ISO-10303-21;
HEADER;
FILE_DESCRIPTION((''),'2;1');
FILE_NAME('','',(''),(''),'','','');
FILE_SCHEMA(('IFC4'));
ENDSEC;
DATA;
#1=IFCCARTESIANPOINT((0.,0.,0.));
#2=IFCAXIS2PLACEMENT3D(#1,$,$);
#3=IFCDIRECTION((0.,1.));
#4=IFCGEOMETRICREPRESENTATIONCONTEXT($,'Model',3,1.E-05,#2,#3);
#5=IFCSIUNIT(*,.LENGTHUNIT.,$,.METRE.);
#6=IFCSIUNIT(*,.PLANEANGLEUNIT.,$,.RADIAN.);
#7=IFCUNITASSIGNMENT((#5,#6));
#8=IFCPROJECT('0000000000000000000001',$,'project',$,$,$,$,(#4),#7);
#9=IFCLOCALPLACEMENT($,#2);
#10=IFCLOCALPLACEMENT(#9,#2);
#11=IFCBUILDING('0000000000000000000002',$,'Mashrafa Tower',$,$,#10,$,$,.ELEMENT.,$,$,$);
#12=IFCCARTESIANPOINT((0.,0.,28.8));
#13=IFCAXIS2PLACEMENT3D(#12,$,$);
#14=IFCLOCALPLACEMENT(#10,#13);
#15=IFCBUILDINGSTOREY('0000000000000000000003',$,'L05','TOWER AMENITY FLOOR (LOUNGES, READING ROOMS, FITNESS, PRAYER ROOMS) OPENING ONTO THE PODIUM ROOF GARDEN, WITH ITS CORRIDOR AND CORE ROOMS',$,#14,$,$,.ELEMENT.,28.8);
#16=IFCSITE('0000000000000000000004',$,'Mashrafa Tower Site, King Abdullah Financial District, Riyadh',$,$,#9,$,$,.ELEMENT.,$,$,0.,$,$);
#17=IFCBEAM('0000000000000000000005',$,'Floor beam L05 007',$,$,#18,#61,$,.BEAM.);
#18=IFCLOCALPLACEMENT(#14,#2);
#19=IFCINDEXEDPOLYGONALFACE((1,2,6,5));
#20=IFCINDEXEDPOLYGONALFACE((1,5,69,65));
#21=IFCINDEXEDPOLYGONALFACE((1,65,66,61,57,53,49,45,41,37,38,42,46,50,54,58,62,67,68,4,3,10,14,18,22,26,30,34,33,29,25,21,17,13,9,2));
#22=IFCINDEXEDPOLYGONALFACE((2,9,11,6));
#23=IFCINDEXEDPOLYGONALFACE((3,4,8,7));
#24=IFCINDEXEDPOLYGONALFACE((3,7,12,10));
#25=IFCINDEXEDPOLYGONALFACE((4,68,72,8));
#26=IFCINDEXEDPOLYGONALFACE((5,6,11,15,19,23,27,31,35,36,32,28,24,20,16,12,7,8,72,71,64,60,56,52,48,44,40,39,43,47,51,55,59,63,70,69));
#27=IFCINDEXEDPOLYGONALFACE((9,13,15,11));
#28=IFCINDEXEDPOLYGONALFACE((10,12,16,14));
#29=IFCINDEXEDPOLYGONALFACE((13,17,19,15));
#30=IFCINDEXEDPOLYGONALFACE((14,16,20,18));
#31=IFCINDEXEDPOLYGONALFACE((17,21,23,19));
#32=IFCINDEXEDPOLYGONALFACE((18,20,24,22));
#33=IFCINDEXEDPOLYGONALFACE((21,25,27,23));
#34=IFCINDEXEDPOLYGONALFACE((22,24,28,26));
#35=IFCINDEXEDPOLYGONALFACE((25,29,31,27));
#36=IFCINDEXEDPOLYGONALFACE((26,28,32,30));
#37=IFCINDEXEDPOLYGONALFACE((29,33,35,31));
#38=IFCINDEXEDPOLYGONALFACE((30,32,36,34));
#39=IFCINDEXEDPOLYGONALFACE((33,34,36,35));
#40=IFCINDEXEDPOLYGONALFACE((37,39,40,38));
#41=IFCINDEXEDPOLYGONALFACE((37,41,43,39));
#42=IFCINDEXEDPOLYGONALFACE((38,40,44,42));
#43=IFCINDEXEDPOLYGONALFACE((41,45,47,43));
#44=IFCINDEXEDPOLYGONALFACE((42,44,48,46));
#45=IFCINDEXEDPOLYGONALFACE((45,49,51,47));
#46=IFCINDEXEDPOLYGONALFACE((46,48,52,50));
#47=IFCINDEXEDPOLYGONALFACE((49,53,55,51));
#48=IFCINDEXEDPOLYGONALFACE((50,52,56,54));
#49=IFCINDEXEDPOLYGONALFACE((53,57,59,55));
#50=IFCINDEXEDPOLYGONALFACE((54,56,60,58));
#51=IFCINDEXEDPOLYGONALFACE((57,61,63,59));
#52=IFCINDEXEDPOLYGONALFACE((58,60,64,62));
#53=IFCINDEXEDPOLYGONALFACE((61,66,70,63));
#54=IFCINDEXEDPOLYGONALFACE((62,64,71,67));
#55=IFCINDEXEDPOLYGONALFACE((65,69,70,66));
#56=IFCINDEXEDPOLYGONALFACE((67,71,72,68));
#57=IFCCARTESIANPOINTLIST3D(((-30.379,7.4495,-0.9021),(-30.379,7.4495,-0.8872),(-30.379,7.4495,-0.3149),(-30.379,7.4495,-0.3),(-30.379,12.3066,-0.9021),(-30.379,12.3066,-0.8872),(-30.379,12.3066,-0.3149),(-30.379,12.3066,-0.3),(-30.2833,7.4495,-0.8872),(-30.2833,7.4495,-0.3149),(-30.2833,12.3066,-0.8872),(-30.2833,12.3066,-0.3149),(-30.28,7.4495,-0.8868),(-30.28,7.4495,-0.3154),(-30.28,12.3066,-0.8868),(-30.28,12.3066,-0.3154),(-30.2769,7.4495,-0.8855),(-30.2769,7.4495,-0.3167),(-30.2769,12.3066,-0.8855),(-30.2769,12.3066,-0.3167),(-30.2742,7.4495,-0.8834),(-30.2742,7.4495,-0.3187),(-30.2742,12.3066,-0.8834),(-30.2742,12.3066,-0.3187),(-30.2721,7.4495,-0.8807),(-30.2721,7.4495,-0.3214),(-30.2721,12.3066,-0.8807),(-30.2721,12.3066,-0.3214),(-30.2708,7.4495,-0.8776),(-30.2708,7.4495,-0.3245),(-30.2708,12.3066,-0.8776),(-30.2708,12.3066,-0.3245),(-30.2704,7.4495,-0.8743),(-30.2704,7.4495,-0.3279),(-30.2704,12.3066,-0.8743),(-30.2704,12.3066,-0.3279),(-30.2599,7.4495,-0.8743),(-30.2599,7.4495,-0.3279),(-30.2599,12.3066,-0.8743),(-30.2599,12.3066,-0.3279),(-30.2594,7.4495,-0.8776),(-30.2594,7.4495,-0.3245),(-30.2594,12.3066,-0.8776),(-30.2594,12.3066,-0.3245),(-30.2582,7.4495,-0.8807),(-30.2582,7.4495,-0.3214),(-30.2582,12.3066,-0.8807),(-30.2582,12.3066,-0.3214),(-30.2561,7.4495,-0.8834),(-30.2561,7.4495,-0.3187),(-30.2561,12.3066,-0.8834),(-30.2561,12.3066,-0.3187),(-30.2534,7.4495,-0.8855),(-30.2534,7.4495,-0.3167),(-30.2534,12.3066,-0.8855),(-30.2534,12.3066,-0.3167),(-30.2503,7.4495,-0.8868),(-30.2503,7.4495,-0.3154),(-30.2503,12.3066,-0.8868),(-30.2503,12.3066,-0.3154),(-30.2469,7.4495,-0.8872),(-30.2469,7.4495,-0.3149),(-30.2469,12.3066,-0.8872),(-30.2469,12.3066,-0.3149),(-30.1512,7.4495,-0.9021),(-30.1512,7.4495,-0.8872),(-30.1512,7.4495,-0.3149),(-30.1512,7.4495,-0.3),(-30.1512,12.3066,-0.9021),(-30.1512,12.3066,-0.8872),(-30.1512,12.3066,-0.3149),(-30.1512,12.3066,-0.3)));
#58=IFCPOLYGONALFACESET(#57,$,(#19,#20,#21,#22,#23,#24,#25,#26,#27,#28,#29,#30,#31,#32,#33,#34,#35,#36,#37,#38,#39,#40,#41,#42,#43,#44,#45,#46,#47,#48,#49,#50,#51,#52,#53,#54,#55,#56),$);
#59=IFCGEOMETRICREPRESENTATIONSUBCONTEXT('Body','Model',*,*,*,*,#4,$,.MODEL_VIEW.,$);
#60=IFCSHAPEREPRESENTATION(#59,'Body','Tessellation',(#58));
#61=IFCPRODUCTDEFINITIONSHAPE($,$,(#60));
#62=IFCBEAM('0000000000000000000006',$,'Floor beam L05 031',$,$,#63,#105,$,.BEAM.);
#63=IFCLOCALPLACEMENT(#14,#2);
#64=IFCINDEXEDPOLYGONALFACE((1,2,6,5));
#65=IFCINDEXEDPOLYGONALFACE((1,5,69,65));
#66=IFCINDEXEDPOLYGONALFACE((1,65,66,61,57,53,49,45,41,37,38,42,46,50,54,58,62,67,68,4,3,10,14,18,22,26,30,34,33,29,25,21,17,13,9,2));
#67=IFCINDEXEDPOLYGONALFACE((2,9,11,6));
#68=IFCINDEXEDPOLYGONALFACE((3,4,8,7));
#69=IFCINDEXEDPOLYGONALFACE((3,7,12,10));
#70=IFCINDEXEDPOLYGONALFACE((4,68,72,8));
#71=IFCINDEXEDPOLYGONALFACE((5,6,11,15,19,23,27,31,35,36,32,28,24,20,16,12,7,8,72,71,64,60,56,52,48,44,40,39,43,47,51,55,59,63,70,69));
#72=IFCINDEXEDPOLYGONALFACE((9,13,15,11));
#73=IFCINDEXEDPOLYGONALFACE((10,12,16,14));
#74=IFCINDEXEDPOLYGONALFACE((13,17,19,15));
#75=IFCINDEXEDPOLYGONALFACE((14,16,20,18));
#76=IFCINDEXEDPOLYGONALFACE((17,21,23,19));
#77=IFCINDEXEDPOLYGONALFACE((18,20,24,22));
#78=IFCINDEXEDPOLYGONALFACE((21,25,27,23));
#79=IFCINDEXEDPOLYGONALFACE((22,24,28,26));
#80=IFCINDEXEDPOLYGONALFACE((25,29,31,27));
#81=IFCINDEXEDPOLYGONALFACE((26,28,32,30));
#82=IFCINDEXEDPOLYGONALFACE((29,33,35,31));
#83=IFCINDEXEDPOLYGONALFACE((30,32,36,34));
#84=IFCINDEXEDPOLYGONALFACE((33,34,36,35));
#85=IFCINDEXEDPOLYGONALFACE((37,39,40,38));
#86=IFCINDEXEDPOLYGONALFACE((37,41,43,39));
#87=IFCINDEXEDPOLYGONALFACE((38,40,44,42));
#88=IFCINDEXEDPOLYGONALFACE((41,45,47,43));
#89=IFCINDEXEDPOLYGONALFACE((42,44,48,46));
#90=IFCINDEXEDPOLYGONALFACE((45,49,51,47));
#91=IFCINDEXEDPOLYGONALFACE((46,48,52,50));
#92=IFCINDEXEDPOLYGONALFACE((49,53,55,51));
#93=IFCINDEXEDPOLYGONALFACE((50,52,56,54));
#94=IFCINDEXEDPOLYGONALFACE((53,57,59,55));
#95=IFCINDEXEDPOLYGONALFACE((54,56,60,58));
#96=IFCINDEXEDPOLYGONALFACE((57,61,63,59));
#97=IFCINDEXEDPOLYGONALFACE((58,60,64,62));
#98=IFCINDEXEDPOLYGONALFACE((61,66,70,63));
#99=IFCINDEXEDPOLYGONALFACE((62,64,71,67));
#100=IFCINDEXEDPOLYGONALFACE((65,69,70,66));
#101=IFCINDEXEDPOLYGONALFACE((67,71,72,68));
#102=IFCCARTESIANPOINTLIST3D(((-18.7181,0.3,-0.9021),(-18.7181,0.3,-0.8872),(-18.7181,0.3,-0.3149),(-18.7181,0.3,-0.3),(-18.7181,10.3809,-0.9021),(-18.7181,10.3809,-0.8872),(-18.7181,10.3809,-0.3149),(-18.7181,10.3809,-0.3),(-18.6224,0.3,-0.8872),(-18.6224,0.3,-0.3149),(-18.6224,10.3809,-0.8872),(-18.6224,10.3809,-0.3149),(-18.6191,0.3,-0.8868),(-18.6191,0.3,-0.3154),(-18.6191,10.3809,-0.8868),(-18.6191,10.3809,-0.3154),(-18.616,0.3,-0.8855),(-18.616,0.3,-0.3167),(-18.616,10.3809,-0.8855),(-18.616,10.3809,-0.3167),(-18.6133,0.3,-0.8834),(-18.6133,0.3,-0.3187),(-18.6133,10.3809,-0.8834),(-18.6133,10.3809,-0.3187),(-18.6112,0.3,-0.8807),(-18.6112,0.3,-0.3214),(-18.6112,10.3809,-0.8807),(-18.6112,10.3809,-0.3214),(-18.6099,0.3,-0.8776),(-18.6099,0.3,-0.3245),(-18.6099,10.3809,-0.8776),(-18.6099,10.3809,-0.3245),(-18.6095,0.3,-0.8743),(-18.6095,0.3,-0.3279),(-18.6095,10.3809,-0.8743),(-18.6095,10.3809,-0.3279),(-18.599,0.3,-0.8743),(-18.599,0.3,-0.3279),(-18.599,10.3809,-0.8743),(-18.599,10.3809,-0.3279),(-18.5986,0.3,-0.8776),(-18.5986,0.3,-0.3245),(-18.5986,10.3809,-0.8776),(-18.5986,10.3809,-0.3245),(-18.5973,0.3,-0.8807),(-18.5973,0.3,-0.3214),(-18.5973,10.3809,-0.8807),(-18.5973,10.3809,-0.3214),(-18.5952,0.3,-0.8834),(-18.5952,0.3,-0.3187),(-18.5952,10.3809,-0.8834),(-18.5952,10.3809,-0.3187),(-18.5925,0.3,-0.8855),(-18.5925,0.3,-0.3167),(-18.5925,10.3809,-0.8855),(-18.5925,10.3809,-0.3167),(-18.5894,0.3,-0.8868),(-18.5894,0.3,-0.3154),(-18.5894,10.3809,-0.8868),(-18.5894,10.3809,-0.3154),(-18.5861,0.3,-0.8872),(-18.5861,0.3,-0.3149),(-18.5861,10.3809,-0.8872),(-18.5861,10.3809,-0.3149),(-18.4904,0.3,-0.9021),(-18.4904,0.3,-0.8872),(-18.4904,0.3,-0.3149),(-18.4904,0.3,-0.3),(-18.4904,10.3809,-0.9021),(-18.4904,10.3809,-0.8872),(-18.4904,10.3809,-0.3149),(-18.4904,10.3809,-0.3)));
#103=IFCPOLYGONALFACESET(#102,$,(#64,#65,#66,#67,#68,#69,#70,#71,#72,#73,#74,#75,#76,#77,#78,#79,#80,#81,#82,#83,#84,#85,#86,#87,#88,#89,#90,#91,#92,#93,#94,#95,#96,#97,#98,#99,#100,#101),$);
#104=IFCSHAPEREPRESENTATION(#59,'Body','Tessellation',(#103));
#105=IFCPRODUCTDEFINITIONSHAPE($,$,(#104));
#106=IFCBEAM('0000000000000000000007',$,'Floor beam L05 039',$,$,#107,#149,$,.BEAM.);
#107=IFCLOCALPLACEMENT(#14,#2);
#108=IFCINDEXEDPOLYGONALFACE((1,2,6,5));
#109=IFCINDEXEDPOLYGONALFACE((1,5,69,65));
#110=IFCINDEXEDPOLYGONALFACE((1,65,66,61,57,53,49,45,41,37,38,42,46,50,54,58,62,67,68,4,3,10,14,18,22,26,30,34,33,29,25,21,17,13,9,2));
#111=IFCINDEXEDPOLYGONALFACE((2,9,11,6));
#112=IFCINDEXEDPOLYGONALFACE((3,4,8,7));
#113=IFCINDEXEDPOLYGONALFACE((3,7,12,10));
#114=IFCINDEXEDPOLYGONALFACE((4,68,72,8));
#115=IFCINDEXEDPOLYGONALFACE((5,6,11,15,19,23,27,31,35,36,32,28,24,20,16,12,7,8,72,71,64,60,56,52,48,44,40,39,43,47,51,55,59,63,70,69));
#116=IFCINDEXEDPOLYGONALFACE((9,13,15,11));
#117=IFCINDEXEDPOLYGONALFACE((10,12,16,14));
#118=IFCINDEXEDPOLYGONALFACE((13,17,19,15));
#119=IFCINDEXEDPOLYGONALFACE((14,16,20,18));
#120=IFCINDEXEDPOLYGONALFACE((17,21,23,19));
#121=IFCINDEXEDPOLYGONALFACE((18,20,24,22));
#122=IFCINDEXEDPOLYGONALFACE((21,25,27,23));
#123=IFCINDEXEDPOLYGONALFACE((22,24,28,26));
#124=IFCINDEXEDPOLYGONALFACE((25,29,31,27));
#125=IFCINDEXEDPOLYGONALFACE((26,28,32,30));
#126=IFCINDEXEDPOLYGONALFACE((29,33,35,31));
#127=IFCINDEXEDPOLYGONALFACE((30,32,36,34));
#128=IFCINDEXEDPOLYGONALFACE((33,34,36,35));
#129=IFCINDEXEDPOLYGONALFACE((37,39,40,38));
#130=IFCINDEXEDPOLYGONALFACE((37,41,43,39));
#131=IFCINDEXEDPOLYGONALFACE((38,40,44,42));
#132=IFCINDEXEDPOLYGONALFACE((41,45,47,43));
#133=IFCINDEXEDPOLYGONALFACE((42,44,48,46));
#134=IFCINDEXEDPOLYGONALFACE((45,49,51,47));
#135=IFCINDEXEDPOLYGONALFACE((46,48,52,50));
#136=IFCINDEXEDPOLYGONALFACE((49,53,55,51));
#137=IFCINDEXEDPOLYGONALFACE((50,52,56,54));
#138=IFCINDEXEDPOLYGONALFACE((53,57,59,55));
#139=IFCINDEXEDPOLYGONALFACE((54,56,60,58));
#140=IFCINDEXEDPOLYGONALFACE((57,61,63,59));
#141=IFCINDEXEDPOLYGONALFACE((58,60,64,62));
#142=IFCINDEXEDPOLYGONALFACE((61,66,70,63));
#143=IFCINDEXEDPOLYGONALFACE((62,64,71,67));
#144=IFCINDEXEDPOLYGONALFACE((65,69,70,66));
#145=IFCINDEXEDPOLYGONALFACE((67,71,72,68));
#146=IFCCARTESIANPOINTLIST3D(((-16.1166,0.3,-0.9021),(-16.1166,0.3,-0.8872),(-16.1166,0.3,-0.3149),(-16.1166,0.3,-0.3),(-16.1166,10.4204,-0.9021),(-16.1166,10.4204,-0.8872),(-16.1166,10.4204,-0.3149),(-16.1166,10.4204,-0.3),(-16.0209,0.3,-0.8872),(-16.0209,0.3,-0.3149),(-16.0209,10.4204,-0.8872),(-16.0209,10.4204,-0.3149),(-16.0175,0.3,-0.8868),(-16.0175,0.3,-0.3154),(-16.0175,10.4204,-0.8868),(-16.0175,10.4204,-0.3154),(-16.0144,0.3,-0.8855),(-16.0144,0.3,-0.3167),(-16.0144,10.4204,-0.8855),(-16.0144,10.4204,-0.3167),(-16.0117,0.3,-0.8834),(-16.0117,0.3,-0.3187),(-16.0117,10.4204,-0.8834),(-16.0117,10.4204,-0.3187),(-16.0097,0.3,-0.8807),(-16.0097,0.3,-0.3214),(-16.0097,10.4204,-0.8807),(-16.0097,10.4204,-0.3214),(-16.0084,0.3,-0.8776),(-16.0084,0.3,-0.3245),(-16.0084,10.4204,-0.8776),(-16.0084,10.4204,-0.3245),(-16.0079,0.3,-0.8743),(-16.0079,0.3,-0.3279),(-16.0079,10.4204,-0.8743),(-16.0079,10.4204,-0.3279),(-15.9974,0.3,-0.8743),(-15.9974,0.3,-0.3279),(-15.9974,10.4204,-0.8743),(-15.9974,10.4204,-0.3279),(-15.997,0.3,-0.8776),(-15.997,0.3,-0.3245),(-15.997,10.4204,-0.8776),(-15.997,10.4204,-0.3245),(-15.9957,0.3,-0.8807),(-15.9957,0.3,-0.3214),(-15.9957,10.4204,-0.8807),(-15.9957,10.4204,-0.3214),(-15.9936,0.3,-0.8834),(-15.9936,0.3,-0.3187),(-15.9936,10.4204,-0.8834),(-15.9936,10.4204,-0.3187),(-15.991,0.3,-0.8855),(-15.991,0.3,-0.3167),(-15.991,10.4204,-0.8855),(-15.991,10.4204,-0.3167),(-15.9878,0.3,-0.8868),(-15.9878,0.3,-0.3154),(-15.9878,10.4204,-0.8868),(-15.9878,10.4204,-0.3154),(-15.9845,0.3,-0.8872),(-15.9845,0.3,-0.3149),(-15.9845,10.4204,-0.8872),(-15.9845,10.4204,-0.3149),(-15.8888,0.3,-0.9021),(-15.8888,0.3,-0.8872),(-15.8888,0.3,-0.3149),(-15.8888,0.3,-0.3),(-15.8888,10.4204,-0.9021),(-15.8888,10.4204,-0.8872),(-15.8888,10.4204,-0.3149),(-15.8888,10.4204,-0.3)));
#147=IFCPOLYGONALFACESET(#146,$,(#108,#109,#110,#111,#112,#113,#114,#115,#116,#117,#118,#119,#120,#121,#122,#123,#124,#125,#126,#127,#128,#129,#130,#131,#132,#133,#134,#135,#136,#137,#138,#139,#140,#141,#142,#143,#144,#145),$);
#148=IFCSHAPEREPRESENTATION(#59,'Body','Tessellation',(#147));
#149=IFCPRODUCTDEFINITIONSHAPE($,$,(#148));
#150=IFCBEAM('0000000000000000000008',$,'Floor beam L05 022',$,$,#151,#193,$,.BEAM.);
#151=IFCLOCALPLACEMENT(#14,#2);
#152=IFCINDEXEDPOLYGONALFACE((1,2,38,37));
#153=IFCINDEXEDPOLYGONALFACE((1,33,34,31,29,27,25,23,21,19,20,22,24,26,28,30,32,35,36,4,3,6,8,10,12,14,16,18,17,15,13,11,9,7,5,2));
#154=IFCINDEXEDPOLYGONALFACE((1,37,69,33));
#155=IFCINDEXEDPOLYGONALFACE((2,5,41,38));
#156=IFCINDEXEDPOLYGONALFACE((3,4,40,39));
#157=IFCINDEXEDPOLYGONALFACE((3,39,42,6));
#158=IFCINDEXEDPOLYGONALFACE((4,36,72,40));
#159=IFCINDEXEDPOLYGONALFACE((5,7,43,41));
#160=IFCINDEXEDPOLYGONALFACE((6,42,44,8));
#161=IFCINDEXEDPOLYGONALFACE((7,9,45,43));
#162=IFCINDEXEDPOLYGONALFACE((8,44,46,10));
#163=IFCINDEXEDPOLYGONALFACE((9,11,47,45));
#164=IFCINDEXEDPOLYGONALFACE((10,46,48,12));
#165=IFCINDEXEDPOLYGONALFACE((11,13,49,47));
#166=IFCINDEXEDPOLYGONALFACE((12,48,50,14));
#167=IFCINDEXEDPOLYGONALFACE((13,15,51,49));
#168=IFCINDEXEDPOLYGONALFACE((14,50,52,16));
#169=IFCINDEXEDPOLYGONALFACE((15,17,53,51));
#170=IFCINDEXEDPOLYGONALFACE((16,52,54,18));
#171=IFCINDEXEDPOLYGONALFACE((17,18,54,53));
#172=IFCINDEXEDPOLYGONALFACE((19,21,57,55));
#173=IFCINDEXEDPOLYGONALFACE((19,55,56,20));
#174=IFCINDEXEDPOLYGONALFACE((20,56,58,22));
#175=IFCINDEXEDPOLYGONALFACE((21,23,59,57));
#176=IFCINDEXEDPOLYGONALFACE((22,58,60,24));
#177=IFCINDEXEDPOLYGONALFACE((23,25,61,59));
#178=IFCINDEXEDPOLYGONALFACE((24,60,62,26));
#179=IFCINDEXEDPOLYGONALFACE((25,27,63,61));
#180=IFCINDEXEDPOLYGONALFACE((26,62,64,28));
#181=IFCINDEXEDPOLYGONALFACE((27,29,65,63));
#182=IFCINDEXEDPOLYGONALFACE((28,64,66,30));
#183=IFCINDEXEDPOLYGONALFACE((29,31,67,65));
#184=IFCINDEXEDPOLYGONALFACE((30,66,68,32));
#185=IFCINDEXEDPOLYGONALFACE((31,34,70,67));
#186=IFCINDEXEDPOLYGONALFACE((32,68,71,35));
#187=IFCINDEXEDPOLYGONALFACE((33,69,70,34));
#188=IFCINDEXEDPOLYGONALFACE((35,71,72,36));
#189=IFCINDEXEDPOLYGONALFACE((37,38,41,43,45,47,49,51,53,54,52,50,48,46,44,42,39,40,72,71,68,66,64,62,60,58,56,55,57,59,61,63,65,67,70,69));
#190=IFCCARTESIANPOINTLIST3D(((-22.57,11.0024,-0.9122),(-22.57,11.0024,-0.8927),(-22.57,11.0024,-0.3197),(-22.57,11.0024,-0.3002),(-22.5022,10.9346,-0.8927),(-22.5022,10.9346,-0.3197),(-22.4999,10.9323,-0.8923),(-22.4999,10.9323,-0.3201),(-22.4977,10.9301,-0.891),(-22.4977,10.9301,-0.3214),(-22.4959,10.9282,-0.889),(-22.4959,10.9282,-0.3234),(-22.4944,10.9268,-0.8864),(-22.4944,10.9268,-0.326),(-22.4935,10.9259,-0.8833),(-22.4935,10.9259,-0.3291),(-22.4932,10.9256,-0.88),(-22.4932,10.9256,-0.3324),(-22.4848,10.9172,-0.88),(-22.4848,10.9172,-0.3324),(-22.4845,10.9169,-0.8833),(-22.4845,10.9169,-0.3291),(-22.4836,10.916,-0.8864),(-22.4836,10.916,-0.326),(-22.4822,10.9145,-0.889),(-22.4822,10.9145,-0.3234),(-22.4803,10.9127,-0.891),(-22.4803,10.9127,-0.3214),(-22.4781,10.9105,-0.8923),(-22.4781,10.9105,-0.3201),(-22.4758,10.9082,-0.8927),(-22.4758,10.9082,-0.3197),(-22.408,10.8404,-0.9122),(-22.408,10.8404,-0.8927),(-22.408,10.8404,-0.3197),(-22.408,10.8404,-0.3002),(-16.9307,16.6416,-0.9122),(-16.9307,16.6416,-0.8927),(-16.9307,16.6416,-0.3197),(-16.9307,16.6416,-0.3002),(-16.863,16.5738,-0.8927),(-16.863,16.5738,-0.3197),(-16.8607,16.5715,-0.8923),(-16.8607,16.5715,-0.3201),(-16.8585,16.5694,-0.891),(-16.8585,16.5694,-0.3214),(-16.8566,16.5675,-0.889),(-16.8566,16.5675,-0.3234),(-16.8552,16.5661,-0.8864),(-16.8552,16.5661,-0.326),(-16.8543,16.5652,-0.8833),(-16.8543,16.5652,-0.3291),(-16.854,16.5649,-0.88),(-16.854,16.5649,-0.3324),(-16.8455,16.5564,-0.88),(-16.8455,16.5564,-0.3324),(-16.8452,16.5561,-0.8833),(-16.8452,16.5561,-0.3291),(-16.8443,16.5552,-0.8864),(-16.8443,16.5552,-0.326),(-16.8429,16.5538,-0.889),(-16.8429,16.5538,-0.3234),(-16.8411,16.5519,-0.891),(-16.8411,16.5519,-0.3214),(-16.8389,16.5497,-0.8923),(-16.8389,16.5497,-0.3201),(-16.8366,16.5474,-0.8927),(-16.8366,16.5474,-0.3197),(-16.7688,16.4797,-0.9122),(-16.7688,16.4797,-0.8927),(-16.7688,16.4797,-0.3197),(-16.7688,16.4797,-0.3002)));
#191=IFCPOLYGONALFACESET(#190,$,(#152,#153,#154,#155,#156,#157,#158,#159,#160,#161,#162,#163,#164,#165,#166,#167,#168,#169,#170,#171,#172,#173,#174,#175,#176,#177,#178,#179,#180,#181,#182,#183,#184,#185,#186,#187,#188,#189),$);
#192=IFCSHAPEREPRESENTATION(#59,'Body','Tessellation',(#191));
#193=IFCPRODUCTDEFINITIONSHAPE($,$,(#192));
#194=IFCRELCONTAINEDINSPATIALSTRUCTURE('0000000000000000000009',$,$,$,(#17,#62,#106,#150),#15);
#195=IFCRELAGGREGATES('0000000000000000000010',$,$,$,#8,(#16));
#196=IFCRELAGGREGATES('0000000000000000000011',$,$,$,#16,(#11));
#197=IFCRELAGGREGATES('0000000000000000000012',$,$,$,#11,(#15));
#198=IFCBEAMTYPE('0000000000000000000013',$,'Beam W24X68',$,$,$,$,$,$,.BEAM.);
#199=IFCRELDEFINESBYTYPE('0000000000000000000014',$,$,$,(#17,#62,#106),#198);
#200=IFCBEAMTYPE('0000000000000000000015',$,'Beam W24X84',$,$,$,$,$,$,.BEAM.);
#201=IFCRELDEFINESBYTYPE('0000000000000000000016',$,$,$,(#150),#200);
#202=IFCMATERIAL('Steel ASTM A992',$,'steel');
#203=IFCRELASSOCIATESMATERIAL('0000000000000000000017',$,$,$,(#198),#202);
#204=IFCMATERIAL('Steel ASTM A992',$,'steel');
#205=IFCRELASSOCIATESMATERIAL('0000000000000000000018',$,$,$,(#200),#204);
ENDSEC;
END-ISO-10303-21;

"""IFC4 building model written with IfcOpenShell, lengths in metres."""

from ifc_helpers import new_model, si_unit, direction, frame, origin, origin_2d, place, context, subcontext, project, spatial, i_section, extrude, material, material_profile, profile_set, type_object, element, save


model = new_model("IFC4")

# Units and contexts
model_context = context("Model", 3, precision=1e-05, world=origin(), true_north=direction((0.0, 1.0)))
body_context = subcontext(model_context, "Body", "Model", "MODEL_VIEW")
ifc_project = project(units=[si_unit("LENGTHUNIT", "METRE"), si_unit("PLANEANGLEUNIT", "RADIAN")], contexts=[model_context])

# Site, building, storey
site_placement = place(None, origin())
site = spatial("IfcSite", under=ifc_project, at=site_placement, Name="Mashrafa Tower Site, King Abdullah Financial District, Riyadh", CompositionType="ELEMENT", RefElevation=0.0)
building_placement = place(site_placement, origin())
building = spatial("IfcBuilding", under=site, at=building_placement, Name="Mashrafa Tower", CompositionType="ELEMENT")
storey_placement = place(building_placement, frame((0.0, 0.0, 28.8)))
storey = spatial("IfcBuildingStorey", under=building, at=storey_placement, Name="L05", Description="TOWER AMENITY FLOOR (LOUNGES, READING ROOMS, FITNESS, PRAYER ROOMS) OPENING ONTO THE PODIUM ROOF GARDEN, WITH ITS CORRIDOR AND CORE ROOMS", CompositionType="ELEMENT", Elevation=28.8)

# Beams
ifc_material_1 = material(Name="Steel ASTM A992", Category="steel")
ifc_material_profile_1 = material_profile(ifc_material_1, i_section(OverallWidth=0.2278, OverallDepth=0.6021, WebThickness=0.0105, FlangeThickness=0.0149, FilletRadius=0.0129, at=origin_2d()), Name="W24X68")
ifc_profile_set_1 = profile_set([ifc_material_profile_1], Name="Steel ASTM A992")
beam_type_1 = type_object("IfcBeamType", Name="Beam W24X68", PredefinedType="BEAM", material=ifc_profile_set_1)
beam_1_placement = place(storey_placement, frame((-30.2651, 7.4495, -0.6011), z_axis=(0.0, 1.0, 0.0), x_axis=(-1.0, 0.0, 0.0)))
element("IfcBeam", 1, at=beam_1_placement, inside=storey, type_object=beam_type_1, Name="Floor beam L05 007", PredefinedType="BEAM", context=body_context, shape_type="SweptSolid", body=[
    extrude(i_section(OverallWidth=0.2278, OverallDepth=0.6021, WebThickness=0.0105, FlangeThickness=0.0149, FilletRadius=0.0129, at=origin_2d()), origin(), (0.0, 0.0, 1.0), 4.8572),
])
beam_2_placement = place(storey_placement, frame((-18.6042, 0.3, -0.6011), z_axis=(0.0, 1.0, 0.0), x_axis=(-1.0, 0.0, 0.0)))
element("IfcBeam", 2, at=beam_2_placement, inside=storey, type_object=beam_type_1, Name="Floor beam L05 031", PredefinedType="BEAM", context=body_context, shape_type="SweptSolid", body=[
    extrude(i_section(OverallWidth=0.2278, OverallDepth=0.6021, WebThickness=0.0105, FlangeThickness=0.0149, FilletRadius=0.0129, at=origin_2d()), origin(), (0.0, 0.0, 1.0), 10.0808),
])
beam_3_placement = place(storey_placement, frame((-16.0027, 0.3, -0.6011), z_axis=(0.0, 1.0, 0.0), x_axis=(-1.0, 0.0, 0.0)))
element("IfcBeam", 3, at=beam_3_placement, inside=storey, type_object=beam_type_1, Name="Floor beam L05 039", PredefinedType="BEAM", context=body_context, shape_type="SweptSolid", body=[
    extrude(i_section(OverallWidth=0.2278, OverallDepth=0.6021, WebThickness=0.0105, FlangeThickness=0.0149, FilletRadius=0.0129, at=origin_2d()), origin(), (0.0, 0.0, 1.0), 10.1204),
])
ifc_material_2 = material(Name="Steel ASTM A992", Category="steel")
ifc_material_profile_2 = material_profile(ifc_material_2, i_section(OverallWidth=0.229, OverallDepth=0.6121, WebThickness=0.012, FlangeThickness=0.0195, FilletRadius=0.0127, at=origin_2d()), Name="W24X84")
ifc_profile_set_2 = profile_set([ifc_material_profile_2], Name="Steel ASTM A992")
beam_type_2 = type_object("IfcBeamType", Name="Beam W24X84", PredefinedType="BEAM", material=ifc_profile_set_2)
beam_4_placement = place(storey_placement, frame((-22.489, 10.9214, -0.6062), z_axis=(0.707107, 0.707107, 0.0), x_axis=(-0.707107, 0.707107, 0.0)))
element("IfcBeam", 4, at=beam_4_placement, inside=storey, type_object=beam_type_2, Name="Floor beam L05 022", PredefinedType="BEAM", context=body_context, shape_type="SweptSolid", body=[
    extrude(i_section(OverallWidth=0.229, OverallDepth=0.6121, WebThickness=0.012, FlangeThickness=0.0195, FilletRadius=0.0127, at=origin_2d()), origin(), (0.0, 0.0, 1.0), 7.9751),
])

save(model, "model.ifc")
